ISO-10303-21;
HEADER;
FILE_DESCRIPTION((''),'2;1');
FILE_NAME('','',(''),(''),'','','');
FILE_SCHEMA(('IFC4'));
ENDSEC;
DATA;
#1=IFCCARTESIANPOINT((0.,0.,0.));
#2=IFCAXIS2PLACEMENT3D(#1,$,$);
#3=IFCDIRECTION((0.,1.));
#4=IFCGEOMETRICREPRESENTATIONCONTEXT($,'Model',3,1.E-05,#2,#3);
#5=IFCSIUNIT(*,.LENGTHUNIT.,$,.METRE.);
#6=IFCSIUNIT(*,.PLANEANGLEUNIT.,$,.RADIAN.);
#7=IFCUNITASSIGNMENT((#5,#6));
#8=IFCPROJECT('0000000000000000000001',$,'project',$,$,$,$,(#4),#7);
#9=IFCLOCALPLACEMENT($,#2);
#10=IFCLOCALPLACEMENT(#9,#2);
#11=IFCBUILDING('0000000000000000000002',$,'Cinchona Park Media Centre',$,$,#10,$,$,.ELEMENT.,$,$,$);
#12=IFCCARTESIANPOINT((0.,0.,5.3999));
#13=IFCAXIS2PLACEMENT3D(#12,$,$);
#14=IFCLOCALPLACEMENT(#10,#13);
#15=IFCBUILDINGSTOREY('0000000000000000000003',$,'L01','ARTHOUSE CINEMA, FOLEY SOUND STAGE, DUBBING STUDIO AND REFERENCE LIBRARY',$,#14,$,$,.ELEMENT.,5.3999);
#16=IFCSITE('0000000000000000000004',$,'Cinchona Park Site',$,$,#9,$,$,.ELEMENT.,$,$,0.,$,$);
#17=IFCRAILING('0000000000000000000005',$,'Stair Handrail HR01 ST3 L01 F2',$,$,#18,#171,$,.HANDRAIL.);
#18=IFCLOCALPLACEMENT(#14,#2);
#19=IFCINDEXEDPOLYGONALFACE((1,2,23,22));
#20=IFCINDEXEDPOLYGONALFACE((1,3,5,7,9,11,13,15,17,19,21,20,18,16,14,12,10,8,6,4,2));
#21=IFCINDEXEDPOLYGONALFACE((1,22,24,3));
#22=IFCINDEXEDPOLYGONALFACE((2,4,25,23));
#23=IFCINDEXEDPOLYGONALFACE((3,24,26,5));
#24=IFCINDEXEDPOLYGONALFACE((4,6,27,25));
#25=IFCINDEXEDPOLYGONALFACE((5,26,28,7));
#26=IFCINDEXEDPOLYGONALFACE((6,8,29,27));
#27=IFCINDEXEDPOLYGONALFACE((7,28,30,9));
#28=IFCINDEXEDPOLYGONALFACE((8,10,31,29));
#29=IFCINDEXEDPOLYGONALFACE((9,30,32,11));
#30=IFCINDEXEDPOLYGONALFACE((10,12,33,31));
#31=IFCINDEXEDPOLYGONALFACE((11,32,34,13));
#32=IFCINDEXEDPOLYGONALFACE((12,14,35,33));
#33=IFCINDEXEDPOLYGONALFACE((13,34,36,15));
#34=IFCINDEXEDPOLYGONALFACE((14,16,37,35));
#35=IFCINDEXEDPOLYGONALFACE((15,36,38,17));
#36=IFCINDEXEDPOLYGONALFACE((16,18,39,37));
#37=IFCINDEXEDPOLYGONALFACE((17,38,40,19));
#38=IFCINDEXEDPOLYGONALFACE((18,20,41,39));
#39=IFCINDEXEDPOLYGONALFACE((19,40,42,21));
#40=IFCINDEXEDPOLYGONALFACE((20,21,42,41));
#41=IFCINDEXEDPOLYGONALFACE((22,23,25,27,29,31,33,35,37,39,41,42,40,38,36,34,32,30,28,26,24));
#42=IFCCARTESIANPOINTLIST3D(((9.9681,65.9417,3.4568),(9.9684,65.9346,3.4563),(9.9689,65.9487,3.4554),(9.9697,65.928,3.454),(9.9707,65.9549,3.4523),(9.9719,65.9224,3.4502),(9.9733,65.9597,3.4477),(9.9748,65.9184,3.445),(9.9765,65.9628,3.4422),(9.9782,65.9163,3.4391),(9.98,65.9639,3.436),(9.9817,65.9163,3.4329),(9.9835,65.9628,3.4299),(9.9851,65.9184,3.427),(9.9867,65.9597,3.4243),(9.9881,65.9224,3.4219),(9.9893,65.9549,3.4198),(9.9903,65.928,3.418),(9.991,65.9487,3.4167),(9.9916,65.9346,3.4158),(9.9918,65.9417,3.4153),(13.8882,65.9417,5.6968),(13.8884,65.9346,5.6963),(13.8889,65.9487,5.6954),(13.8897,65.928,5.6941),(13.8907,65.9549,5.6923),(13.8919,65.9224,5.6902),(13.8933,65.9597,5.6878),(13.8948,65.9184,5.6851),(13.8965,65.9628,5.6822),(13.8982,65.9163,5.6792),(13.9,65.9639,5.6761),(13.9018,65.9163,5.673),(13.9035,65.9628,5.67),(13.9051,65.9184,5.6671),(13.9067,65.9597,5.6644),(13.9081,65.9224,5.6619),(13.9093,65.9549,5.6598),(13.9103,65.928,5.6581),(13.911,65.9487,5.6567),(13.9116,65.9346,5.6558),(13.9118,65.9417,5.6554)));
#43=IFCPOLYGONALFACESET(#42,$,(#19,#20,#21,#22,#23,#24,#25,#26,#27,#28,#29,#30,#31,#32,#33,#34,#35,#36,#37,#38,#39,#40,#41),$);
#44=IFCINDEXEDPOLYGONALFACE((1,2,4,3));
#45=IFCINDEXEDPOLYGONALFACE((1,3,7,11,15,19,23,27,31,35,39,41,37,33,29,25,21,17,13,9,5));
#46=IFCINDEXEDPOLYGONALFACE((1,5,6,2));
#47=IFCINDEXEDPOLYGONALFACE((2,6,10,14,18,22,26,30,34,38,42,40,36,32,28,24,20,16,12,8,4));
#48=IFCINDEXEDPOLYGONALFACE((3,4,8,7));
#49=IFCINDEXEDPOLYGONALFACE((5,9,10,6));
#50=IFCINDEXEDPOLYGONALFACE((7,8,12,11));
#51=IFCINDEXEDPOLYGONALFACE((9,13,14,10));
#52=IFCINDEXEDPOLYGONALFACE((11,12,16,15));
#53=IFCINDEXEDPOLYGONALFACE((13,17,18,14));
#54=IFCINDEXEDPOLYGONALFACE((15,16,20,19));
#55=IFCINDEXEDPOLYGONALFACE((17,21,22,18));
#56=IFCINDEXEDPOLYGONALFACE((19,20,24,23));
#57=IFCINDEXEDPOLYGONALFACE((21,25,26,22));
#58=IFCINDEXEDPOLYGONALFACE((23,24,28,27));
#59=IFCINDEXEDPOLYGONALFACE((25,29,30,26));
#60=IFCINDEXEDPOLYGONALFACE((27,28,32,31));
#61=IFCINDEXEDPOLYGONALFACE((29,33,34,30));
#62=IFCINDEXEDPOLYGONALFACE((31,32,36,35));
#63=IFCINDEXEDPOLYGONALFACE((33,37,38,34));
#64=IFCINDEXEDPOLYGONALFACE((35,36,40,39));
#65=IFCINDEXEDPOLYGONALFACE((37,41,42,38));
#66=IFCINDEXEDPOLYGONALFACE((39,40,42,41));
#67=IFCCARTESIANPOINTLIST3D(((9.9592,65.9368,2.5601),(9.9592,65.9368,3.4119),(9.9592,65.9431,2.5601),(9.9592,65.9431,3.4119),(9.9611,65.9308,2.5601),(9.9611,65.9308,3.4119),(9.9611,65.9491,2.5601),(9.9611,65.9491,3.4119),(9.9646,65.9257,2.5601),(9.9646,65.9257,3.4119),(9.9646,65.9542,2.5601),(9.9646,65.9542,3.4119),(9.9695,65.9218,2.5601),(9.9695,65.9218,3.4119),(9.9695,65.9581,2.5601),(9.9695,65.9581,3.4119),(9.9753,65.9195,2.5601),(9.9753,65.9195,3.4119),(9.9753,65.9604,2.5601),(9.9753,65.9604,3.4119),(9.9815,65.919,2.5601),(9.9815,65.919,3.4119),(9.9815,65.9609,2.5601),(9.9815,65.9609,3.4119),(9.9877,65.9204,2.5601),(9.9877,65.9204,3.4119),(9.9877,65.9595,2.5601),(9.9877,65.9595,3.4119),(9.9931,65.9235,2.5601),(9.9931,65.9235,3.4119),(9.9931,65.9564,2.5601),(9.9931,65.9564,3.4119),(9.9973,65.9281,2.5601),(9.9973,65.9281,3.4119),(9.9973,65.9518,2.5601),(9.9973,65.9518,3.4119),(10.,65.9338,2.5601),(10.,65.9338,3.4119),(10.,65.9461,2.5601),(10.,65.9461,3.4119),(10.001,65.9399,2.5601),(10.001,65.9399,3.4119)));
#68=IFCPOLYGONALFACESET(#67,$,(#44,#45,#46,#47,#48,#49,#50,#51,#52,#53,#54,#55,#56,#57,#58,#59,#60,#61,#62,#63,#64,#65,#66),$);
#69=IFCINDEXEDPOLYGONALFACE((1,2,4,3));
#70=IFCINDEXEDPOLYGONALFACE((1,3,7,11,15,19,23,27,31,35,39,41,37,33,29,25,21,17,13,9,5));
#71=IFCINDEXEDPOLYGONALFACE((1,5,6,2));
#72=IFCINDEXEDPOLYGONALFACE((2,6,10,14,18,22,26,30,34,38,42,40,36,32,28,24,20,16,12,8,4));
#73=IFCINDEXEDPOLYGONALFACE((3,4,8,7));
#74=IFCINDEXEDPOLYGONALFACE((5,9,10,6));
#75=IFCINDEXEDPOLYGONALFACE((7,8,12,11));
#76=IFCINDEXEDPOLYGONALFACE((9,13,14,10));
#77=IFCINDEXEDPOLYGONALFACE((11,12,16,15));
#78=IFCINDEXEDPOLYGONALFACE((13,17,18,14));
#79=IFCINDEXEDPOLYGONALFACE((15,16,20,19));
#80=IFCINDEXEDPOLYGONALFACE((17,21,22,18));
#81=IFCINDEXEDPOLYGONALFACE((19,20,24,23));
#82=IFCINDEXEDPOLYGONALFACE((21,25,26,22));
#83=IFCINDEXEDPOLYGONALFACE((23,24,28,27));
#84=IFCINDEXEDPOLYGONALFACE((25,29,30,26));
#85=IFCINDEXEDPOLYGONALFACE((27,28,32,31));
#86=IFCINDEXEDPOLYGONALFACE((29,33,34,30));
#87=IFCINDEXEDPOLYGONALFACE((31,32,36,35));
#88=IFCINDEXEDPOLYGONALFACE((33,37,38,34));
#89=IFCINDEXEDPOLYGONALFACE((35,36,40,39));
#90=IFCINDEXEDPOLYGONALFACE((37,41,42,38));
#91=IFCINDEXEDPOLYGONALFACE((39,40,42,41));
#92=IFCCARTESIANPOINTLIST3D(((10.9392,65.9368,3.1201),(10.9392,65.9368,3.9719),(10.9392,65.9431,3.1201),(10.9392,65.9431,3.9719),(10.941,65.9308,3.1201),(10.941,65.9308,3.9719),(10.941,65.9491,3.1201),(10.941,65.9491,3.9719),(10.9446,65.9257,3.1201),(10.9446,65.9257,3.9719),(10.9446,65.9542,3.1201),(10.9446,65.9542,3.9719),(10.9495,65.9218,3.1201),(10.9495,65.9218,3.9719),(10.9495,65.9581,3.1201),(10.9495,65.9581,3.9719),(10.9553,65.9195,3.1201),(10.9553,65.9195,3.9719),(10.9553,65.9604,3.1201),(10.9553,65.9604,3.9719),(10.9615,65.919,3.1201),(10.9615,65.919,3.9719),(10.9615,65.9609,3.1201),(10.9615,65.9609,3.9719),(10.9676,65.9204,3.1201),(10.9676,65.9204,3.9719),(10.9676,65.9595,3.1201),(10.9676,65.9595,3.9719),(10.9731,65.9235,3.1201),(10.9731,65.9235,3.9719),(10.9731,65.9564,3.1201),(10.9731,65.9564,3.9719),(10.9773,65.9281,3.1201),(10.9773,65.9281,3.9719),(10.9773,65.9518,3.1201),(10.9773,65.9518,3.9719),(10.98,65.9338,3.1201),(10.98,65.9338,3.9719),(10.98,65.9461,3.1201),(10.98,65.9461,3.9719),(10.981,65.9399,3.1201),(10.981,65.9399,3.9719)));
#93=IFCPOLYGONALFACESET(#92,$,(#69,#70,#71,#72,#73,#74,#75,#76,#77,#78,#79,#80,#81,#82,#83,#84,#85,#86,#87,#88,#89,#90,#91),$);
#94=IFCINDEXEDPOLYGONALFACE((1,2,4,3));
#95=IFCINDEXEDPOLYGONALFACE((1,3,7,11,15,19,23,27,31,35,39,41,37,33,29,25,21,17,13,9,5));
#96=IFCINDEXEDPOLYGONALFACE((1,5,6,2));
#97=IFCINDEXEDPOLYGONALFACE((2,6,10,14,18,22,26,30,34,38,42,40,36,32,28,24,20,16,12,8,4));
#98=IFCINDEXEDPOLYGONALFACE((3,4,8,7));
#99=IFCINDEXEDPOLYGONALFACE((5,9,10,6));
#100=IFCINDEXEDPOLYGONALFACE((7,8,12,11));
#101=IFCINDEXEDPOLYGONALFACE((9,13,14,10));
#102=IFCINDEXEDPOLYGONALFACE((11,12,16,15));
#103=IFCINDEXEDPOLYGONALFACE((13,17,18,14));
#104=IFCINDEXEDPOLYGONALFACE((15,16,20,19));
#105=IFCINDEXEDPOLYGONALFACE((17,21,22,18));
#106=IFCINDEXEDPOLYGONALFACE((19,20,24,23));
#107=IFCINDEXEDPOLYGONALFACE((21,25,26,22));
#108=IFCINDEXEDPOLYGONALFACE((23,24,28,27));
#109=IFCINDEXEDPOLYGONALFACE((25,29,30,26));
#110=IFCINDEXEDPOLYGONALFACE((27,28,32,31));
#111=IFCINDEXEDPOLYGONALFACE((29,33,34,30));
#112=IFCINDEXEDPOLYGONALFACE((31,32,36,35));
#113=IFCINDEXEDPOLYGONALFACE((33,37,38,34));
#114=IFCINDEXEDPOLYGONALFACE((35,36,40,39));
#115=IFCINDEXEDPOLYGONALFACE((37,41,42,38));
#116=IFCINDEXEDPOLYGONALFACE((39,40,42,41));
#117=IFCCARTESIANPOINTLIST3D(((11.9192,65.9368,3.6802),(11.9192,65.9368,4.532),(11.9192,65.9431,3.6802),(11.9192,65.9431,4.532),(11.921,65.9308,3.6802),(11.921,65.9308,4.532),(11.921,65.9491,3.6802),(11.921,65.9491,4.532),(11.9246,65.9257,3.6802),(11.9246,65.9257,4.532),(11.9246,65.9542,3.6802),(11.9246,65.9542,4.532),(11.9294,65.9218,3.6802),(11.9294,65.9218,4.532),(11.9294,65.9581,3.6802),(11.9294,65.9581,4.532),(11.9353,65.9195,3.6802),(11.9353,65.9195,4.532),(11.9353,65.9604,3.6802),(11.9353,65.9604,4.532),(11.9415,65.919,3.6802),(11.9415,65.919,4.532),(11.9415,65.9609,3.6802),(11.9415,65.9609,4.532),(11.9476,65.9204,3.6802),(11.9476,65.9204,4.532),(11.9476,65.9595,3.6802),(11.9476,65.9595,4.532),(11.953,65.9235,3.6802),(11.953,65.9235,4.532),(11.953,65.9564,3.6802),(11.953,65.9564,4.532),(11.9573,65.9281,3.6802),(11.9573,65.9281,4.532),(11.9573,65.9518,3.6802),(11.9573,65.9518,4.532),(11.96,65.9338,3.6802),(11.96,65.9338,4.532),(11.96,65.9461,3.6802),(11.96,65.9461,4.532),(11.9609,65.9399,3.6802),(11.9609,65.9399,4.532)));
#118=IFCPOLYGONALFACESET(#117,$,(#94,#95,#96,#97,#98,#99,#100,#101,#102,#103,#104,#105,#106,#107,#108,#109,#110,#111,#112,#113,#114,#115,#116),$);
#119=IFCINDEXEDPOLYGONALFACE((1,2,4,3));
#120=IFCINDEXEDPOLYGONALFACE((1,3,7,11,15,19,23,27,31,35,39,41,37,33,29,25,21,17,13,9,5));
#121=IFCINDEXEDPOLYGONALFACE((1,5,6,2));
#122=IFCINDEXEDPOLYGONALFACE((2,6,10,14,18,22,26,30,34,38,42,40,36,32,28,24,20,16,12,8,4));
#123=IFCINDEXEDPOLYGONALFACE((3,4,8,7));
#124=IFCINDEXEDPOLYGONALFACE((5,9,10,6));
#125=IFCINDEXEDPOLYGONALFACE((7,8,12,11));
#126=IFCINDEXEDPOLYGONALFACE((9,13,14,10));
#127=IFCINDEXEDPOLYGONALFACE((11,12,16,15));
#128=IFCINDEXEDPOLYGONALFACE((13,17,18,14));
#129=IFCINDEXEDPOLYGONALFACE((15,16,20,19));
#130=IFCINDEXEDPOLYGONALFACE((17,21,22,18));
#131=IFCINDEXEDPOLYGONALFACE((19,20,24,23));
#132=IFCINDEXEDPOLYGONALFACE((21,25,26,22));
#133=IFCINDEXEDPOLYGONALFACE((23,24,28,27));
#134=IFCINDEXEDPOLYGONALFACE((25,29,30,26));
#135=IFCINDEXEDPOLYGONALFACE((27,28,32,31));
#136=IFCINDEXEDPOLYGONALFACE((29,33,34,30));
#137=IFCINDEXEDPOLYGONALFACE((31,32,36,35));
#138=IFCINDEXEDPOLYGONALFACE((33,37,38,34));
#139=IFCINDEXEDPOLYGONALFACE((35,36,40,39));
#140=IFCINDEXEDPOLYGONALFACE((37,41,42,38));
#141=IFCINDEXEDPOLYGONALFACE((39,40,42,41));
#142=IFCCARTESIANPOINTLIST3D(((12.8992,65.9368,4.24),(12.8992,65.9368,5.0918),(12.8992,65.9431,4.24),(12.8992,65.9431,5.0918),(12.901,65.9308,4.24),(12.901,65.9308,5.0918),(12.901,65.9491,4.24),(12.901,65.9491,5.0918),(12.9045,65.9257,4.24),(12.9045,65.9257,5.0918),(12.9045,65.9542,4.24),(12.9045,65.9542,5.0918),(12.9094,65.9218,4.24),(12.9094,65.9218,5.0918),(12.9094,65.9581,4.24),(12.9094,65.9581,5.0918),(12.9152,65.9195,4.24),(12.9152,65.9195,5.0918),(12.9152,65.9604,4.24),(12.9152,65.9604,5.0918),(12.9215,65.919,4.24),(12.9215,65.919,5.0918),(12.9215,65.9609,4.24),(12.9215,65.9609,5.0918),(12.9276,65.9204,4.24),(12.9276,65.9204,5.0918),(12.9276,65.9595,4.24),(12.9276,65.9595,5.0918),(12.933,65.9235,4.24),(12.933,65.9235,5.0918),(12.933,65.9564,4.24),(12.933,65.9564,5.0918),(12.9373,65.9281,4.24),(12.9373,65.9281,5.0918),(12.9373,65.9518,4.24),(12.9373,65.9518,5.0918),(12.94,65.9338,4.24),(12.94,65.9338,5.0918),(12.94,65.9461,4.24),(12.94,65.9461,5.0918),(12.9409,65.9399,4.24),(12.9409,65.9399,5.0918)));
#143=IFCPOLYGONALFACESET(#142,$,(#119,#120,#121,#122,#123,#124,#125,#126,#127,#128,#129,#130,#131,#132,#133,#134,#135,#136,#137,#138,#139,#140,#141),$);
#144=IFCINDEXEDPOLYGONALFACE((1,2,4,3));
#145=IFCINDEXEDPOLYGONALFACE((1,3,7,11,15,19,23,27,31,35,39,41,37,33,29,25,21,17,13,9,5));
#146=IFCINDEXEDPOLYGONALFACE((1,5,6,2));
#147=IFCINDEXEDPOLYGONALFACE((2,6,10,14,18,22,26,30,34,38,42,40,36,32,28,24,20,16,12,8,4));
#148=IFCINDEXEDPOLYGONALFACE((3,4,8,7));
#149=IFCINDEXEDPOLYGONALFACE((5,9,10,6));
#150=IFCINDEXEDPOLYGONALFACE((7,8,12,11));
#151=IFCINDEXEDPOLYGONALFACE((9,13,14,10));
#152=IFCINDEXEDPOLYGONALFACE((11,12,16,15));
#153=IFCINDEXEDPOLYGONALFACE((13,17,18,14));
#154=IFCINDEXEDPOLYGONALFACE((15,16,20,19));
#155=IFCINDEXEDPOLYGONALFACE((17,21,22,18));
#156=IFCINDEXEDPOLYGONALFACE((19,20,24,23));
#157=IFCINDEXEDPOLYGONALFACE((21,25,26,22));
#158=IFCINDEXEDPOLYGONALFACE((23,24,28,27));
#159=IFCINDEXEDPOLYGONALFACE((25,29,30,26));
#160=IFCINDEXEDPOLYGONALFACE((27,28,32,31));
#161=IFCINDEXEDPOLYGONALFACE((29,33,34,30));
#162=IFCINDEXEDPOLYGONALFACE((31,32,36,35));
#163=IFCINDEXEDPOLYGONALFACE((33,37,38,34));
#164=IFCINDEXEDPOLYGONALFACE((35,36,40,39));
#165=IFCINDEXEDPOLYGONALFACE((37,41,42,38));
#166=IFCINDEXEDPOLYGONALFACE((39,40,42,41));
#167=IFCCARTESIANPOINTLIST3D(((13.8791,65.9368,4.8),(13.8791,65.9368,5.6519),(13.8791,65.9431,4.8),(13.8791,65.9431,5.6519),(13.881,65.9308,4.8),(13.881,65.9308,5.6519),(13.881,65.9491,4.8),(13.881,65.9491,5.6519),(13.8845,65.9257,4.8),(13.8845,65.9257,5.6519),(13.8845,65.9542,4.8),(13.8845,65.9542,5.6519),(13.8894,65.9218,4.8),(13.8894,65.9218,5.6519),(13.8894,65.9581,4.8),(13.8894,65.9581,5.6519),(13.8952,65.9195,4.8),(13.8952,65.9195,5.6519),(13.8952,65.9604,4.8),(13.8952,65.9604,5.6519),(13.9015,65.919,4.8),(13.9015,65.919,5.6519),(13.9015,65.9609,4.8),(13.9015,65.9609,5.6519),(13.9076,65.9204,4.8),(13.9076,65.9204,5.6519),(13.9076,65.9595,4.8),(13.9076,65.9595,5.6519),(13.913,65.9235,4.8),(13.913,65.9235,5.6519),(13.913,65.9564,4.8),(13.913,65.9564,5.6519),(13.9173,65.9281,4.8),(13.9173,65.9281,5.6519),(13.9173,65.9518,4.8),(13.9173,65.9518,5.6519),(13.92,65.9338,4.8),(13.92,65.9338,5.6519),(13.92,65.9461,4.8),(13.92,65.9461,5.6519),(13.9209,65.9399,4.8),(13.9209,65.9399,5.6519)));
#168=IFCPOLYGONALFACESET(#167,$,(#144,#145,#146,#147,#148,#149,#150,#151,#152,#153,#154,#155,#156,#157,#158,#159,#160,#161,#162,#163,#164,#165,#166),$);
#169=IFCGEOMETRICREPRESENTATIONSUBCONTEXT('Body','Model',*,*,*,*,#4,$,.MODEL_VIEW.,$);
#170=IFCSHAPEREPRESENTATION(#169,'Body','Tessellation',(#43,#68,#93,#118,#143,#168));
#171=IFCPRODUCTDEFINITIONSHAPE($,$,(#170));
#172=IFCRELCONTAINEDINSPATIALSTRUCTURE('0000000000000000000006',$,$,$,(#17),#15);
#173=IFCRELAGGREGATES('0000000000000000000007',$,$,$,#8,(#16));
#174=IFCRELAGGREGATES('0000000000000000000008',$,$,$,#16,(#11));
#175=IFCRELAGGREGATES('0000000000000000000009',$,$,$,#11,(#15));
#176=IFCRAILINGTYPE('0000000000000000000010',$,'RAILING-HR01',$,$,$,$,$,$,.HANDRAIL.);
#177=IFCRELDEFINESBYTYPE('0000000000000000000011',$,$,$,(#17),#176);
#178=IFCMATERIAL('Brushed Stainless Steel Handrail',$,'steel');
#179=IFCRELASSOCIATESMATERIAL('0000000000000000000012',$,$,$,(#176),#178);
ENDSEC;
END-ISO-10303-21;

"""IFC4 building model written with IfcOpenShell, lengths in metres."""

from ifc_helpers import new_model, si_unit, direction, frame, origin, origin_2d, place, context, subcontext, project, spatial, circle, extrude, material, type_object, element, save


model = new_model("IFC4")

# Units and contexts
model_context = context("Model", 3, precision=1e-05, world=origin(), true_north=direction((0.0, 1.0)))
body_context = subcontext(model_context, "Body", "Model", "MODEL_VIEW")
ifc_project = project(units=[si_unit("LENGTHUNIT", "METRE"), si_unit("PLANEANGLEUNIT", "RADIAN")], contexts=[model_context])

# Site, building, storey
site_placement = place(None, origin())
site = spatial("IfcSite", under=ifc_project, at=site_placement, Name="Cinchona Park Site", CompositionType="ELEMENT", RefElevation=0.0)
building_placement = place(site_placement, origin())
building = spatial("IfcBuilding", under=site, at=building_placement, Name="Cinchona Park Media Centre", CompositionType="ELEMENT")
storey_placement = place(building_placement, frame((0.0, 0.0, 5.3999)))
storey = spatial("IfcBuildingStorey", under=building, at=storey_placement, Name="L01", Description="ARTHOUSE CINEMA, FOLEY SOUND STAGE, DUBBING STUDIO AND REFERENCE LIBRARY", CompositionType="ELEMENT", Elevation=5.3999)

# Railing
ifc_material_1 = material(Name="Brushed Stainless Steel Handrail", Category="steel")
railing_type_1 = type_object("IfcRailingType", Name="RAILING-HR01", PredefinedType="HANDRAIL", material=ifc_material_1)
railing_1_placement = place(storey_placement, frame((9.98, 65.9399, 2.5601)))
element("IfcRailing", 1, at=railing_1_placement, inside=storey, type_object=railing_type_1, Name="Stair Handrail HR01 ST3 L01 F2", PredefinedType="HANDRAIL", context=body_context, shape_type="SweptSolid", body=[
    extrude(circle(Radius=0.0239, at=origin_2d()), frame((0.0, 0.0, 0.876), z_axis=(0.86824, 0.0, 0.496145), x_axis=(0.0, 1.0, 0.0)), (0.0, 0.0, 1.0), 4.5149),
    extrude(circle(Radius=0.021, at=origin_2d()), origin(), (0.0, 0.0, 1.0), 0.8518),
    extrude(circle(Radius=0.021, at=origin_2d()), frame((0.98, 0.0, 0.5601)), (0.0, 0.0, 1.0), 0.8518),
    extrude(circle(Radius=0.021, at=origin_2d()), frame((1.96, 0.0, 1.1201)), (0.0, 0.0, 1.0), 0.8518),
    extrude(circle(Radius=0.021, at=origin_2d()), frame((2.9399, 0.0, 1.6799)), (0.0, 0.0, 1.0), 0.8518),
    extrude(circle(Radius=0.021, at=origin_2d()), frame((3.9199, 0.0, 2.24)), (0.0, 0.0, 1.0), 0.8518),
])

save(model, "model.ifc")
